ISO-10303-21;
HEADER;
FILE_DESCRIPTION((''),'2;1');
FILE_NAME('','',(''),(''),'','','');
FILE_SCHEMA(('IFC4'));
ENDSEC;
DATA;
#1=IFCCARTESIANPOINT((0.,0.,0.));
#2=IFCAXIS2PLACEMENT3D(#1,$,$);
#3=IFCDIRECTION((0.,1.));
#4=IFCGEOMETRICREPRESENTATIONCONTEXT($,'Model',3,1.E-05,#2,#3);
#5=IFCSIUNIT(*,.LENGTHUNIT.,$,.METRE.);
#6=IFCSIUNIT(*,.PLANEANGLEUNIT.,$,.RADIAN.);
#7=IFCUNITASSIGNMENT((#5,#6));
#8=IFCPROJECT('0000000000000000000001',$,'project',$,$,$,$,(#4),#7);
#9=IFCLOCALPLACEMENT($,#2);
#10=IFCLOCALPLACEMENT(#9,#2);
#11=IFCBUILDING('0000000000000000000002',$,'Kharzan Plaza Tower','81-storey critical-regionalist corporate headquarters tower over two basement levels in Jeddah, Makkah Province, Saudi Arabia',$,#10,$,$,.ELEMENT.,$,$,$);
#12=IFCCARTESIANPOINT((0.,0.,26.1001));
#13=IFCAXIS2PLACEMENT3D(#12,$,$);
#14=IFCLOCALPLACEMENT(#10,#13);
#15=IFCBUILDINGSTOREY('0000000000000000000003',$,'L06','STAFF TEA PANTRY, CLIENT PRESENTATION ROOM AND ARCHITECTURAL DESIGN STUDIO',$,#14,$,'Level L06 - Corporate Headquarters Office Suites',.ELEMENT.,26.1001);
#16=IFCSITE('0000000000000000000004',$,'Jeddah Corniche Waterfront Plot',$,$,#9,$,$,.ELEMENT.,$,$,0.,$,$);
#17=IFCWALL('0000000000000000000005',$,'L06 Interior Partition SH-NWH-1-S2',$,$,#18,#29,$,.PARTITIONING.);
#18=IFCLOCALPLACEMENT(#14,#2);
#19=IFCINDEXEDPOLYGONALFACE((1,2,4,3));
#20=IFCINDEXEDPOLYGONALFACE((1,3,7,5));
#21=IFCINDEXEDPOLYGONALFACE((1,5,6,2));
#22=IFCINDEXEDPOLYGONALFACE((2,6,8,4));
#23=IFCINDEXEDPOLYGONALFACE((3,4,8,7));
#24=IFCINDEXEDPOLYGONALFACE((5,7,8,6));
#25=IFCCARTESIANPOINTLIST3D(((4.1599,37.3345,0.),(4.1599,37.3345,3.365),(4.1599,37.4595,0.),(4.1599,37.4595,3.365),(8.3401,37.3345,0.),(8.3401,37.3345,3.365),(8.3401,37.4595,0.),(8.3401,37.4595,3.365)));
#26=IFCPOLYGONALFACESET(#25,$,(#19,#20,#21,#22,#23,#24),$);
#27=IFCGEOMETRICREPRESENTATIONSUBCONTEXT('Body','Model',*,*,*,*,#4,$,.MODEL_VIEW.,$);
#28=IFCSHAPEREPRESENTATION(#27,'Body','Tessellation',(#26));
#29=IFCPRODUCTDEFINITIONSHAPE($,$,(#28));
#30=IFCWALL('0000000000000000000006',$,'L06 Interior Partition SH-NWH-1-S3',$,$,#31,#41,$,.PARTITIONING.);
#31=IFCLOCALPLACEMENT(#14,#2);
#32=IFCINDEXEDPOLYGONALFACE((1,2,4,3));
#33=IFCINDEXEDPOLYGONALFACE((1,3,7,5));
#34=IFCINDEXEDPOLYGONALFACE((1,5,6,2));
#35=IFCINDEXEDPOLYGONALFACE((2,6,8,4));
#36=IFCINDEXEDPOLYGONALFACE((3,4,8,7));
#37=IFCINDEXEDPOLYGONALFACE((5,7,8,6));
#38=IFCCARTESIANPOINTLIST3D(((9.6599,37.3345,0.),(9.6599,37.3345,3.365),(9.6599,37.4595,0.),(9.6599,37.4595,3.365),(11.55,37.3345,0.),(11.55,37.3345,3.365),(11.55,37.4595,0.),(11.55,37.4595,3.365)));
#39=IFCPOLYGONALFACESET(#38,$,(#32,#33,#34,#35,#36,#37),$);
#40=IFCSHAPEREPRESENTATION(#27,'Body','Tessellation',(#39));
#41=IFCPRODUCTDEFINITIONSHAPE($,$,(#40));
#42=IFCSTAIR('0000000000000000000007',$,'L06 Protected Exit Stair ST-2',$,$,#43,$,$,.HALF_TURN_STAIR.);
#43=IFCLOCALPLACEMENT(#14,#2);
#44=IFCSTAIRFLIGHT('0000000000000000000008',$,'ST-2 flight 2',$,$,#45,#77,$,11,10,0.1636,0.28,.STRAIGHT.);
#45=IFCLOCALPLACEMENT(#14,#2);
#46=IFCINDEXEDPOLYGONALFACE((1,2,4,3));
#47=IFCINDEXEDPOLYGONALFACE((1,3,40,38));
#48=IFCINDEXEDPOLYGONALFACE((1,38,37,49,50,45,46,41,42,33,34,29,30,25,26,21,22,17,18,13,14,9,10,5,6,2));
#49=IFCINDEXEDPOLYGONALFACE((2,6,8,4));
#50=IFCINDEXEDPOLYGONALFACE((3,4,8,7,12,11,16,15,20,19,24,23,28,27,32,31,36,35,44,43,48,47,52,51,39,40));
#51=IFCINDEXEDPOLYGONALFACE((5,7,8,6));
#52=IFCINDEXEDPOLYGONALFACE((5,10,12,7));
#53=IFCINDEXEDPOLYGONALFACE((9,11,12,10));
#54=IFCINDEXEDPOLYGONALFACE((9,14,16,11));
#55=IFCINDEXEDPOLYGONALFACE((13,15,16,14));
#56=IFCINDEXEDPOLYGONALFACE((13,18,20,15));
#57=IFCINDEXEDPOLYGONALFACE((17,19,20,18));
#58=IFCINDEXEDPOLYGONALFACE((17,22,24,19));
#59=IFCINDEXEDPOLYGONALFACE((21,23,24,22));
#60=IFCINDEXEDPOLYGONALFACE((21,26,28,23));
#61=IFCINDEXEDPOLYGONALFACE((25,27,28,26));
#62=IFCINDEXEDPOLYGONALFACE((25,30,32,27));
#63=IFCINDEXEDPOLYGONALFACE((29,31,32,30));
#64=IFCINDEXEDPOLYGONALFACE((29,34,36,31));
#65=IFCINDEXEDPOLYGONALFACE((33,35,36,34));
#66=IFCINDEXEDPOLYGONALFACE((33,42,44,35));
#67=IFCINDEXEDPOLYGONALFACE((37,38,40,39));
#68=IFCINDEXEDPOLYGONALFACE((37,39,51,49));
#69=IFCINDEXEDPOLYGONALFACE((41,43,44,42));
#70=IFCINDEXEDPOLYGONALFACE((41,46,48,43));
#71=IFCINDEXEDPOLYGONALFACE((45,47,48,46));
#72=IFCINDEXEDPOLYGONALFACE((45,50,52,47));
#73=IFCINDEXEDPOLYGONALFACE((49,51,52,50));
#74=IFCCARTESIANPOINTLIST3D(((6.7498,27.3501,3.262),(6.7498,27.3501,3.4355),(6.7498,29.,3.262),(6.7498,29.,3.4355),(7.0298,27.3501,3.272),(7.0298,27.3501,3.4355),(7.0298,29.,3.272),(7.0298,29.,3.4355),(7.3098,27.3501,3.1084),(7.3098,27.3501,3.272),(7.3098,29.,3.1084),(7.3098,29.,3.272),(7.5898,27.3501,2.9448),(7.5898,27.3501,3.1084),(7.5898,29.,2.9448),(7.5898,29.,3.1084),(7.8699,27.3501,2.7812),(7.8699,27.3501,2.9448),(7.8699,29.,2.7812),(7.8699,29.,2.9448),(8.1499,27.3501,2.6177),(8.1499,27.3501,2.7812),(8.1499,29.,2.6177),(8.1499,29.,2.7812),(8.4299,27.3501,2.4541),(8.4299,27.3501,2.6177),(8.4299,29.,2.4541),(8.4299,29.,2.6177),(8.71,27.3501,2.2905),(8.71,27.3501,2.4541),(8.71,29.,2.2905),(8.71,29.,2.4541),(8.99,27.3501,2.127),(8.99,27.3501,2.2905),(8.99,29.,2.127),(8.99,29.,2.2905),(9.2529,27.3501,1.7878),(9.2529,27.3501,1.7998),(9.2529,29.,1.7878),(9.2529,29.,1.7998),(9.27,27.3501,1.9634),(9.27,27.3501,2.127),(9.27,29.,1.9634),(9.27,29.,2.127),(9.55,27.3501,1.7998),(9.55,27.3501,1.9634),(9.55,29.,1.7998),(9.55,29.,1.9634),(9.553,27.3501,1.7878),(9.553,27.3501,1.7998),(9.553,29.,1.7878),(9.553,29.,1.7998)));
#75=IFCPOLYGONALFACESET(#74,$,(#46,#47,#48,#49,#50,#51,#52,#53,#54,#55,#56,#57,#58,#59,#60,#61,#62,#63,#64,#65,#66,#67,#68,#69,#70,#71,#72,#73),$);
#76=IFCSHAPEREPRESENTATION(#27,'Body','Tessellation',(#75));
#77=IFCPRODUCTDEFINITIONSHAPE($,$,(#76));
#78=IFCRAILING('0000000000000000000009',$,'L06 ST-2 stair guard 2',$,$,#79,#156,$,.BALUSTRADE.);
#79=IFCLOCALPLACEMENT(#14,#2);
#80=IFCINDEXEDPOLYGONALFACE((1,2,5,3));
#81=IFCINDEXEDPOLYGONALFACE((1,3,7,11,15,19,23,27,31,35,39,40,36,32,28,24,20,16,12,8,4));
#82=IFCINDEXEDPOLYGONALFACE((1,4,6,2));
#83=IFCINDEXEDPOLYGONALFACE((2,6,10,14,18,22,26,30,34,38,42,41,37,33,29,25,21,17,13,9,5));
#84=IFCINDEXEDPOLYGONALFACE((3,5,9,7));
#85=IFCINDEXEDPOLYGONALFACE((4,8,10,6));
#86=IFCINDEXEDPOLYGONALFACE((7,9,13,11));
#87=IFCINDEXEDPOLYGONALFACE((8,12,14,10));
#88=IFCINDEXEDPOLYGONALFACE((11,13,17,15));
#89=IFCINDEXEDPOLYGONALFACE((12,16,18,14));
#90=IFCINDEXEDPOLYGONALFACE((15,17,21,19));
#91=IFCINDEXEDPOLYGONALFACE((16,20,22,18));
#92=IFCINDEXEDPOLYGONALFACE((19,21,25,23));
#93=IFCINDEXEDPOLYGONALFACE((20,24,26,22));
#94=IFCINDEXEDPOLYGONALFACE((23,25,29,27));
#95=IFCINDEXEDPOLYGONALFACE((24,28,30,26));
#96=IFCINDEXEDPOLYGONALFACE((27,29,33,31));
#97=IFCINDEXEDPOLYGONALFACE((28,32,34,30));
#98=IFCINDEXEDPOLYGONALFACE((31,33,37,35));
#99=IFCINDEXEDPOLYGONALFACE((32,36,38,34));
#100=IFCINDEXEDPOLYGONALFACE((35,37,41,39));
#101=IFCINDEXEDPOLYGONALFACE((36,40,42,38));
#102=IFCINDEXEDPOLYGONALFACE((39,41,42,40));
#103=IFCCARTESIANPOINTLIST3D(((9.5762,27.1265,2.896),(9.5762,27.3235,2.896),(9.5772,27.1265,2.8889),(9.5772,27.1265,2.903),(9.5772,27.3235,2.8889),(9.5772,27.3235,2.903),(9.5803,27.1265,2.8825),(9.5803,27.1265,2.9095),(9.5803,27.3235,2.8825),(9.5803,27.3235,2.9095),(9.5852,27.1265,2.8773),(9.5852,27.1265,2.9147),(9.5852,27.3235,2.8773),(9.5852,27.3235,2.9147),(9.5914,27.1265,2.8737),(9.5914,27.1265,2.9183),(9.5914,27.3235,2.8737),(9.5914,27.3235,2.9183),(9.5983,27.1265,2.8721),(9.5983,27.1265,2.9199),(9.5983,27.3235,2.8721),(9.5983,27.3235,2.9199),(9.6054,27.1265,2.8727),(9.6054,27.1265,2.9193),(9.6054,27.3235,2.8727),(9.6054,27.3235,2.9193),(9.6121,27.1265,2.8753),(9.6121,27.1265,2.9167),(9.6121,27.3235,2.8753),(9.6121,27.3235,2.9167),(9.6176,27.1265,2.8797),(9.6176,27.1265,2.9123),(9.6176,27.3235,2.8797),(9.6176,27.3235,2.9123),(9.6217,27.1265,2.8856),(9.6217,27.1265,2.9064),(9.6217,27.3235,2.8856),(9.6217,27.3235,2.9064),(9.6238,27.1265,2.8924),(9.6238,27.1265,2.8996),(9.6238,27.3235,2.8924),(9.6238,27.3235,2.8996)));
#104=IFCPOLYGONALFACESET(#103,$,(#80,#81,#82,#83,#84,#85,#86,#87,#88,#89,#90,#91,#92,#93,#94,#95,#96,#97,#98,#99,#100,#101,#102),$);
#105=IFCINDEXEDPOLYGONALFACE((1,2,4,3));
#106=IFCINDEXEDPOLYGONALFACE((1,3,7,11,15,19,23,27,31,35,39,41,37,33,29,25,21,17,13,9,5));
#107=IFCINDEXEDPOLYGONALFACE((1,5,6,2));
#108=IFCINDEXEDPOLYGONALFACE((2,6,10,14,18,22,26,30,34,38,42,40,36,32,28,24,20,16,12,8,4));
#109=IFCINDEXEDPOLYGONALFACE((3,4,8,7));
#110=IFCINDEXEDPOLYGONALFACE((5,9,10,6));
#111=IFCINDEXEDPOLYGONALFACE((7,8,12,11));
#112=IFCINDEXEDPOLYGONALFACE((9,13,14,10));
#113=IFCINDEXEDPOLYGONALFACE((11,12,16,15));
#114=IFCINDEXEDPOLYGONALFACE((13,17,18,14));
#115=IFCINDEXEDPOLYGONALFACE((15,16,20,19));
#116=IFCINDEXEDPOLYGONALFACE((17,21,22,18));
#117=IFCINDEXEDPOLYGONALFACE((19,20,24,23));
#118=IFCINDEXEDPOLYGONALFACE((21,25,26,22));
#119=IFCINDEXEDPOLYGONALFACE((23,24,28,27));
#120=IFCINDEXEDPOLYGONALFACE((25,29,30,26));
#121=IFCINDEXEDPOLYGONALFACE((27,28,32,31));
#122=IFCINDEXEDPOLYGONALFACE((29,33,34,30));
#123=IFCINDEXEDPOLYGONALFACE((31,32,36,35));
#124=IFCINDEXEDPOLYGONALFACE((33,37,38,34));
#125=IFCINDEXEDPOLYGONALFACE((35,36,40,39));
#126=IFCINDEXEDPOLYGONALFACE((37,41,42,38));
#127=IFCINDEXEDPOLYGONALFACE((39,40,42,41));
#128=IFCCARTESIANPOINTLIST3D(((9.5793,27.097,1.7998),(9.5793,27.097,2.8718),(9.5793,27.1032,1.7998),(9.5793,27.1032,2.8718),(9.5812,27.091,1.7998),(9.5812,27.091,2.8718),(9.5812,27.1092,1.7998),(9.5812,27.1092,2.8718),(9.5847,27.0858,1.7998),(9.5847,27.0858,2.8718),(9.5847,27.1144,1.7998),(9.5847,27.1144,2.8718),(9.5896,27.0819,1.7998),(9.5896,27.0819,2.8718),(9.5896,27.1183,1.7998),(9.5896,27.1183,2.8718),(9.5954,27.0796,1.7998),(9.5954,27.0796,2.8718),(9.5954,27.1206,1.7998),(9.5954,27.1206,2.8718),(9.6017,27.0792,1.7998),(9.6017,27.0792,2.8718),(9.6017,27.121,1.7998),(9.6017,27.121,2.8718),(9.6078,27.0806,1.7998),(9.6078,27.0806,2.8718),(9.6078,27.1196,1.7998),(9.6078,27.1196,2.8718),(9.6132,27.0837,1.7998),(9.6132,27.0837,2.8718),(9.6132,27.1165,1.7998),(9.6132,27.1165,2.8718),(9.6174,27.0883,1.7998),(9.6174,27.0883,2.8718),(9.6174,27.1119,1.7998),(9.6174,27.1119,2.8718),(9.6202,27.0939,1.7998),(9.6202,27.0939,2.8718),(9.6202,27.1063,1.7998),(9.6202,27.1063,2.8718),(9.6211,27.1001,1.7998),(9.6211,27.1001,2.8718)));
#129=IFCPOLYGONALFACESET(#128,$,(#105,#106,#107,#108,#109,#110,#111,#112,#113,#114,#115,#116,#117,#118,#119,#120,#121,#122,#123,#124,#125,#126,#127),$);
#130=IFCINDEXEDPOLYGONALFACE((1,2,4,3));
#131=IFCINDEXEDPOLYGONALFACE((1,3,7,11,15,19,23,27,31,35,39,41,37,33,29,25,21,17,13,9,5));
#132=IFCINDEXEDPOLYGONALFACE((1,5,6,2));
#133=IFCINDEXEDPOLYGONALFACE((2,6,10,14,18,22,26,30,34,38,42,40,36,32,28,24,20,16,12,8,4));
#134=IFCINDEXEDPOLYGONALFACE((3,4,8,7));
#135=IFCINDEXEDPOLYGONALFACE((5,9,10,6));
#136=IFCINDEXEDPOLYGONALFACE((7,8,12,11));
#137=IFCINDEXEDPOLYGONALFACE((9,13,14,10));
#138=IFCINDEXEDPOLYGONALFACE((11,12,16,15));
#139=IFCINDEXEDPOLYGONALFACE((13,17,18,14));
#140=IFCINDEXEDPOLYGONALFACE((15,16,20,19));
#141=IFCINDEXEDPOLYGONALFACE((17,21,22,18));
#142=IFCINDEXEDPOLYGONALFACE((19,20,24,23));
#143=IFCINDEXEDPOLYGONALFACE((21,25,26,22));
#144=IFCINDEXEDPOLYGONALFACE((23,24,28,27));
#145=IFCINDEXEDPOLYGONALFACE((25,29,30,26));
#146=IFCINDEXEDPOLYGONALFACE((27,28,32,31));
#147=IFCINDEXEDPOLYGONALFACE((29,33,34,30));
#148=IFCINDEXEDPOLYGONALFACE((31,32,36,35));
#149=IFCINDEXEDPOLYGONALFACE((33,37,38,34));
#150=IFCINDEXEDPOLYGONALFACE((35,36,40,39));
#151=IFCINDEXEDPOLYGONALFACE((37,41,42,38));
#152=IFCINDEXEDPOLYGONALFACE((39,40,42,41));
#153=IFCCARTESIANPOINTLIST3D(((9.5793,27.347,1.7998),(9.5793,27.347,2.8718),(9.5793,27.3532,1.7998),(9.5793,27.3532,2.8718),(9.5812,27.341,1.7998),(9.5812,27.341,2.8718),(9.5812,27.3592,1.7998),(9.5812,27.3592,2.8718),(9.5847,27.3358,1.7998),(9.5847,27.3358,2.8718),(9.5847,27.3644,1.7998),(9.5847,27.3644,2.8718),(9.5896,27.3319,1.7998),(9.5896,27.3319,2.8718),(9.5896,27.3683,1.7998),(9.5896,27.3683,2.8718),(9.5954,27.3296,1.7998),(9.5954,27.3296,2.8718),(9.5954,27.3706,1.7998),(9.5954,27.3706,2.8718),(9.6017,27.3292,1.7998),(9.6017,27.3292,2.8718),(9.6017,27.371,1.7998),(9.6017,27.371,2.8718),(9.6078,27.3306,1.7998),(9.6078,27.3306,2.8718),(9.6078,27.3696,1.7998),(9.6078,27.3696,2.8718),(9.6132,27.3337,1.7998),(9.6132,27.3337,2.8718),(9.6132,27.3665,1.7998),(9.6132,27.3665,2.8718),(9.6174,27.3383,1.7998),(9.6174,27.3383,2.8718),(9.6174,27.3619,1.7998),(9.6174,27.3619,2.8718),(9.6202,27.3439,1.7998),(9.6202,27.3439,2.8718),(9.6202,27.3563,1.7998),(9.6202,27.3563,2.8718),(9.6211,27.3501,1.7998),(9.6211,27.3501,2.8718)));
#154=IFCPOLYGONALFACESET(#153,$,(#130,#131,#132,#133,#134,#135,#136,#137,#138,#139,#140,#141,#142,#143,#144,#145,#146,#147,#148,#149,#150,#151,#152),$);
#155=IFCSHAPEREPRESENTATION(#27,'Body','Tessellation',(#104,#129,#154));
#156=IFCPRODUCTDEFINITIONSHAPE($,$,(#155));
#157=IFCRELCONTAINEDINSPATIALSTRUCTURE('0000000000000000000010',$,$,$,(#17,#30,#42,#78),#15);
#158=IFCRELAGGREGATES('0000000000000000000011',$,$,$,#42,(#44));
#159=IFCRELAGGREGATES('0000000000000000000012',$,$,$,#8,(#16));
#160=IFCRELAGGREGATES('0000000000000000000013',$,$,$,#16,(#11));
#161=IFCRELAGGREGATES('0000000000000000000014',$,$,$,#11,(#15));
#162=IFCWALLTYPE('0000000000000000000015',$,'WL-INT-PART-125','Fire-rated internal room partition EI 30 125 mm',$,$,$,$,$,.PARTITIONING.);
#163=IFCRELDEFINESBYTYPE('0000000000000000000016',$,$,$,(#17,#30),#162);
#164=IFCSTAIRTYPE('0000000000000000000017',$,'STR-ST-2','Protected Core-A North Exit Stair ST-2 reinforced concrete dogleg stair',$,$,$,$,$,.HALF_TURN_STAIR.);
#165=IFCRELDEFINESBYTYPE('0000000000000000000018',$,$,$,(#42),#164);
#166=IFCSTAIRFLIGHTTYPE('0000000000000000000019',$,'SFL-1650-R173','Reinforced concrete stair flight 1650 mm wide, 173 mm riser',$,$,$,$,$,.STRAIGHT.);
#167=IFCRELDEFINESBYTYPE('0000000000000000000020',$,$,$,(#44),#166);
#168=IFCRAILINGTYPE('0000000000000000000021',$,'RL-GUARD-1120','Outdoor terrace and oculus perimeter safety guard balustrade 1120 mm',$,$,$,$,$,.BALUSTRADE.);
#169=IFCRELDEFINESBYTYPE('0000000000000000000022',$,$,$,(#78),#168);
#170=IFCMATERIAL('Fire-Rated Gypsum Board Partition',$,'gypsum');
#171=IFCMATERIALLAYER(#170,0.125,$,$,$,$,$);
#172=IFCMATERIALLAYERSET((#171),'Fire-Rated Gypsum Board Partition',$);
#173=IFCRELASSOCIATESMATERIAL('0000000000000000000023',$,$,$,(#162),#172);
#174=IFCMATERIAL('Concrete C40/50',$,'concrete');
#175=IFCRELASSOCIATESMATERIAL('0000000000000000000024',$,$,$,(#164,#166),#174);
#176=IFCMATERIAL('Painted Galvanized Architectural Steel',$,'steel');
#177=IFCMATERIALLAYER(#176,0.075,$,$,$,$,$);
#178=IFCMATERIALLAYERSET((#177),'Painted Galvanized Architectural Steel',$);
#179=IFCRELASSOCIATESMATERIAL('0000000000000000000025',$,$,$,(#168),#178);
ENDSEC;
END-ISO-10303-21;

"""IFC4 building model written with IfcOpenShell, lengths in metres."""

from ifc_helpers import new_model, si_unit, direction, frame, frame_2d, origin, origin_2d, place, context, subcontext, project, spatial, polyline, rectangle, circle, outline, extrude, source, transform, mapped, material, layer, layer_set, type_object, element, aggregate, save


model = new_model("IFC4")

# Units and contexts
model_context = context("Model", 3, precision=1e-05, world=origin(), true_north=direction((0.0, 1.0)))
body_context = subcontext(model_context, "Body", "Model", "MODEL_VIEW")
ifc_project = project(units=[si_unit("LENGTHUNIT", "METRE"), si_unit("PLANEANGLEUNIT", "RADIAN")], contexts=[model_context])

# Site, building, storey
site_placement = place(None, origin())
site = spatial("IfcSite", under=ifc_project, at=site_placement, Name="Jeddah Corniche Waterfront Plot", CompositionType="ELEMENT", RefElevation=0.0)
building_placement = place(site_placement, origin())
building = spatial("IfcBuilding", under=site, at=building_placement, Name="Kharzan Plaza Tower", Description="81-storey critical-regionalist corporate headquarters tower over two basement levels in Jeddah, Makkah Province, Saudi Arabia", CompositionType="ELEMENT")
storey_placement = place(building_placement, frame((0.0, 0.0, 26.1001)))
storey = spatial("IfcBuildingStorey", under=building, at=storey_placement, Name="L06", Description="STAFF TEA PANTRY, CLIENT PRESENTATION ROOM AND ARCHITECTURAL DESIGN STUDIO", LongName="Level L06 - Corporate Headquarters Office Suites", CompositionType="ELEMENT", Elevation=26.1001)

# Shared definitions
ifc_material_1 = material(Name="Fire-Rated Gypsum Board Partition", Category="gypsum")
ifc_layer_1 = layer(ifc_material_1, 0.125)
ifc_layer_set_1 = layer_set([ifc_layer_1], Name="Fire-Rated Gypsum Board Partition")
wall_type_1 = type_object("IfcWallType", Name="WL-INT-PART-125", Description="Fire-rated internal room partition EI 30 125 mm", PredefinedType="PARTITIONING", material=ifc_layer_set_1)

# Walls
shared_shape_1 = source(origin(), body_context, "Body", "SweptSolid", [
    extrude(rectangle(XDim=4.1802, YDim=0.125, at=frame_2d((2.0901, 0.0))), origin(), (0.0, 0.0, 1.0), 3.365),
])
wall_1_placement = place(storey_placement, frame((4.1599, 37.397, 0.0), z_axis=(0.0, 0.0, 1.0), x_axis=(1.0, 0.0, 0.0)))
element("IfcWall", 1, at=wall_1_placement, inside=storey, type_object=wall_type_1, Name="L06 Interior Partition SH-NWH-1-S2", PredefinedType="PARTITIONING", context=body_context, shape_type="MappedRepresentation", body=[
    mapped(shared_shape_1, transform((0.0, 0.0, 0.0), x_axis=(1.0, 0.0, 0.0), y_axis=(0.0, 1.0, 0.0), z_axis=(0.0, 0.0, 1.0))),
])
shared_shape_2 = source(origin(), body_context, "Body", "SweptSolid", [
    extrude(rectangle(XDim=1.8901, YDim=0.125, at=frame_2d((0.9451, 0.0))), origin(), (0.0, 0.0, 1.0), 3.365),
])
wall_2_placement = place(storey_placement, frame((9.6599, 37.397, 0.0), z_axis=(0.0, 0.0, 1.0), x_axis=(1.0, 0.0, 0.0)))
element("IfcWall", 2, at=wall_2_placement, inside=storey, type_object=wall_type_1, Name="L06 Interior Partition SH-NWH-1-S3", PredefinedType="PARTITIONING", context=body_context, shape_type="MappedRepresentation", body=[
    mapped(shared_shape_2, transform((0.0, 0.0, 0.0), x_axis=(1.0, 0.0, 0.0), y_axis=(0.0, 1.0, 0.0), z_axis=(0.0, 0.0, 1.0))),
])

# Stair, stair flight
ifc_material_2 = material(Name="Concrete C40/50", Category="concrete")
stair_type = type_object("IfcStairType", Name="STR-ST-2", Description="Protected Core-A North Exit Stair ST-2 reinforced concrete dogleg stair", PredefinedType="HALF_TURN_STAIR", material=ifc_material_2)
stair_placement = place(storey_placement, origin())
stair = element("IfcStair", 3, at=stair_placement, inside=storey, type_object=stair_type, Name="L06 Protected Exit Stair ST-2", PredefinedType="HALF_TURN_STAIR")
stair_flight_type = type_object("IfcStairFlightType", Name="SFL-1650-R173", Description="Reinforced concrete stair flight 1650 mm wide, 173 mm riser", PredefinedType="STRAIGHT", material=ifc_material_2)
shared_shape_3 = source(origin(), body_context, "Body", "SweptSolid", [
    extrude(outline(polyline([(-0.0029, -0.012), (-0.0029, 0.0), (0.0, 0.0), (0.0, 0.1636), (0.28, 0.1636), (0.28, 0.3271), (0.5601, 0.3271), (0.5601, 0.4907), (0.8401, 0.4907), (0.8401, 0.6543), (1.1201, 0.6543), (1.1201, 0.8179), (1.4001, 0.8179), (1.4001, 0.9814), (1.6802, 0.9814), (1.6802, 1.145), (1.9602, 1.145), (1.9602, 1.3086), (2.2402, 1.3086), (2.2402, 1.4722), (2.5203, 1.4722), (2.5203, 1.6357), (2.8003, 1.6357), (2.8003, 1.7993), (2.8003, 1.4622), (0.2971, 0.0), (0.2971, -0.012), (-0.0029, -0.012)])), frame((0.0, 0.825, 0.0), z_axis=(0.0, -1.0, 0.0), x_axis=(1.0, 0.0, 0.0)), (0.0, 0.0, 1.0), 1.6499),
])
stair_flight_placement = place(storey_placement, frame((9.55, 28.175, 1.7998), z_axis=(0.0, 0.0, 1.0), x_axis=(-1.0, 0.0, 0.0)))
stair_flight = element("IfcStairFlight", 4, at=stair_flight_placement, type_object=stair_flight_type, Name="ST-2 flight 2", NumberOfRisers=11, NumberOfTreads=10, PredefinedType="STRAIGHT", RiserHeight=0.1636, TreadLength=0.28, context=body_context, shape_type="MappedRepresentation", body=[
    mapped(shared_shape_3, transform((0.0, 0.0, 0.0), x_axis=(1.0, 0.0, 0.0), y_axis=(0.0, 1.0, 0.0), z_axis=(0.0, 0.0, 1.0))),
])
aggregate(stair, [stair_flight])

# Railing
ifc_material_3 = material(Name="Painted Galvanized Architectural Steel", Category="steel")
ifc_layer_2 = layer(ifc_material_3, 0.075)
ifc_layer_set_2 = layer_set([ifc_layer_2], Name="Painted Galvanized Architectural Steel")
railing_type_1 = type_object("IfcRailingType", Name="RL-GUARD-1120", Description="Outdoor terrace and oculus perimeter safety guard balustrade 1120 mm", PredefinedType="BALUSTRADE", material=ifc_layer_set_2)
shared_shape_4 = source(origin(), body_context, "Body", "SweptSolid", [
    extrude(circle(Radius=0.0239, at=origin_2d()), frame((0.0, 0.0264, 1.0962), z_axis=(0.0, 1.0, 0.0), x_axis=(-1.0, 0.0, 0.0)), (0.0, 0.0, 1.0), 0.197),
    extrude(circle(Radius=0.021, at=origin_2d()), origin(), (0.0, 0.0, 1.0), 1.072),
    extrude(circle(Radius=0.021, at=origin_2d()), frame((0.0, 0.25, 0.0)), (0.0, 0.0, 1.0), 1.072),
])
for number, where, name in (
    (5, (9.6001, 27.1001, 1.7998), "L06 ST-2 stair guard 2"),
):
    element("IfcRailing", number, at=place(storey_placement, frame(where)), inside=storey, type_object=railing_type_1, Name=name, PredefinedType="BALUSTRADE", context=body_context, shape_type="MappedRepresentation", body=[
        mapped(shared_shape_4, transform((0.0, 0.0, 0.0), x_axis=(1.0, 0.0, 0.0), y_axis=(0.0, 1.0, 0.0), z_axis=(0.0, 0.0, 1.0))),
    ])

save(model, "model.ifc")
